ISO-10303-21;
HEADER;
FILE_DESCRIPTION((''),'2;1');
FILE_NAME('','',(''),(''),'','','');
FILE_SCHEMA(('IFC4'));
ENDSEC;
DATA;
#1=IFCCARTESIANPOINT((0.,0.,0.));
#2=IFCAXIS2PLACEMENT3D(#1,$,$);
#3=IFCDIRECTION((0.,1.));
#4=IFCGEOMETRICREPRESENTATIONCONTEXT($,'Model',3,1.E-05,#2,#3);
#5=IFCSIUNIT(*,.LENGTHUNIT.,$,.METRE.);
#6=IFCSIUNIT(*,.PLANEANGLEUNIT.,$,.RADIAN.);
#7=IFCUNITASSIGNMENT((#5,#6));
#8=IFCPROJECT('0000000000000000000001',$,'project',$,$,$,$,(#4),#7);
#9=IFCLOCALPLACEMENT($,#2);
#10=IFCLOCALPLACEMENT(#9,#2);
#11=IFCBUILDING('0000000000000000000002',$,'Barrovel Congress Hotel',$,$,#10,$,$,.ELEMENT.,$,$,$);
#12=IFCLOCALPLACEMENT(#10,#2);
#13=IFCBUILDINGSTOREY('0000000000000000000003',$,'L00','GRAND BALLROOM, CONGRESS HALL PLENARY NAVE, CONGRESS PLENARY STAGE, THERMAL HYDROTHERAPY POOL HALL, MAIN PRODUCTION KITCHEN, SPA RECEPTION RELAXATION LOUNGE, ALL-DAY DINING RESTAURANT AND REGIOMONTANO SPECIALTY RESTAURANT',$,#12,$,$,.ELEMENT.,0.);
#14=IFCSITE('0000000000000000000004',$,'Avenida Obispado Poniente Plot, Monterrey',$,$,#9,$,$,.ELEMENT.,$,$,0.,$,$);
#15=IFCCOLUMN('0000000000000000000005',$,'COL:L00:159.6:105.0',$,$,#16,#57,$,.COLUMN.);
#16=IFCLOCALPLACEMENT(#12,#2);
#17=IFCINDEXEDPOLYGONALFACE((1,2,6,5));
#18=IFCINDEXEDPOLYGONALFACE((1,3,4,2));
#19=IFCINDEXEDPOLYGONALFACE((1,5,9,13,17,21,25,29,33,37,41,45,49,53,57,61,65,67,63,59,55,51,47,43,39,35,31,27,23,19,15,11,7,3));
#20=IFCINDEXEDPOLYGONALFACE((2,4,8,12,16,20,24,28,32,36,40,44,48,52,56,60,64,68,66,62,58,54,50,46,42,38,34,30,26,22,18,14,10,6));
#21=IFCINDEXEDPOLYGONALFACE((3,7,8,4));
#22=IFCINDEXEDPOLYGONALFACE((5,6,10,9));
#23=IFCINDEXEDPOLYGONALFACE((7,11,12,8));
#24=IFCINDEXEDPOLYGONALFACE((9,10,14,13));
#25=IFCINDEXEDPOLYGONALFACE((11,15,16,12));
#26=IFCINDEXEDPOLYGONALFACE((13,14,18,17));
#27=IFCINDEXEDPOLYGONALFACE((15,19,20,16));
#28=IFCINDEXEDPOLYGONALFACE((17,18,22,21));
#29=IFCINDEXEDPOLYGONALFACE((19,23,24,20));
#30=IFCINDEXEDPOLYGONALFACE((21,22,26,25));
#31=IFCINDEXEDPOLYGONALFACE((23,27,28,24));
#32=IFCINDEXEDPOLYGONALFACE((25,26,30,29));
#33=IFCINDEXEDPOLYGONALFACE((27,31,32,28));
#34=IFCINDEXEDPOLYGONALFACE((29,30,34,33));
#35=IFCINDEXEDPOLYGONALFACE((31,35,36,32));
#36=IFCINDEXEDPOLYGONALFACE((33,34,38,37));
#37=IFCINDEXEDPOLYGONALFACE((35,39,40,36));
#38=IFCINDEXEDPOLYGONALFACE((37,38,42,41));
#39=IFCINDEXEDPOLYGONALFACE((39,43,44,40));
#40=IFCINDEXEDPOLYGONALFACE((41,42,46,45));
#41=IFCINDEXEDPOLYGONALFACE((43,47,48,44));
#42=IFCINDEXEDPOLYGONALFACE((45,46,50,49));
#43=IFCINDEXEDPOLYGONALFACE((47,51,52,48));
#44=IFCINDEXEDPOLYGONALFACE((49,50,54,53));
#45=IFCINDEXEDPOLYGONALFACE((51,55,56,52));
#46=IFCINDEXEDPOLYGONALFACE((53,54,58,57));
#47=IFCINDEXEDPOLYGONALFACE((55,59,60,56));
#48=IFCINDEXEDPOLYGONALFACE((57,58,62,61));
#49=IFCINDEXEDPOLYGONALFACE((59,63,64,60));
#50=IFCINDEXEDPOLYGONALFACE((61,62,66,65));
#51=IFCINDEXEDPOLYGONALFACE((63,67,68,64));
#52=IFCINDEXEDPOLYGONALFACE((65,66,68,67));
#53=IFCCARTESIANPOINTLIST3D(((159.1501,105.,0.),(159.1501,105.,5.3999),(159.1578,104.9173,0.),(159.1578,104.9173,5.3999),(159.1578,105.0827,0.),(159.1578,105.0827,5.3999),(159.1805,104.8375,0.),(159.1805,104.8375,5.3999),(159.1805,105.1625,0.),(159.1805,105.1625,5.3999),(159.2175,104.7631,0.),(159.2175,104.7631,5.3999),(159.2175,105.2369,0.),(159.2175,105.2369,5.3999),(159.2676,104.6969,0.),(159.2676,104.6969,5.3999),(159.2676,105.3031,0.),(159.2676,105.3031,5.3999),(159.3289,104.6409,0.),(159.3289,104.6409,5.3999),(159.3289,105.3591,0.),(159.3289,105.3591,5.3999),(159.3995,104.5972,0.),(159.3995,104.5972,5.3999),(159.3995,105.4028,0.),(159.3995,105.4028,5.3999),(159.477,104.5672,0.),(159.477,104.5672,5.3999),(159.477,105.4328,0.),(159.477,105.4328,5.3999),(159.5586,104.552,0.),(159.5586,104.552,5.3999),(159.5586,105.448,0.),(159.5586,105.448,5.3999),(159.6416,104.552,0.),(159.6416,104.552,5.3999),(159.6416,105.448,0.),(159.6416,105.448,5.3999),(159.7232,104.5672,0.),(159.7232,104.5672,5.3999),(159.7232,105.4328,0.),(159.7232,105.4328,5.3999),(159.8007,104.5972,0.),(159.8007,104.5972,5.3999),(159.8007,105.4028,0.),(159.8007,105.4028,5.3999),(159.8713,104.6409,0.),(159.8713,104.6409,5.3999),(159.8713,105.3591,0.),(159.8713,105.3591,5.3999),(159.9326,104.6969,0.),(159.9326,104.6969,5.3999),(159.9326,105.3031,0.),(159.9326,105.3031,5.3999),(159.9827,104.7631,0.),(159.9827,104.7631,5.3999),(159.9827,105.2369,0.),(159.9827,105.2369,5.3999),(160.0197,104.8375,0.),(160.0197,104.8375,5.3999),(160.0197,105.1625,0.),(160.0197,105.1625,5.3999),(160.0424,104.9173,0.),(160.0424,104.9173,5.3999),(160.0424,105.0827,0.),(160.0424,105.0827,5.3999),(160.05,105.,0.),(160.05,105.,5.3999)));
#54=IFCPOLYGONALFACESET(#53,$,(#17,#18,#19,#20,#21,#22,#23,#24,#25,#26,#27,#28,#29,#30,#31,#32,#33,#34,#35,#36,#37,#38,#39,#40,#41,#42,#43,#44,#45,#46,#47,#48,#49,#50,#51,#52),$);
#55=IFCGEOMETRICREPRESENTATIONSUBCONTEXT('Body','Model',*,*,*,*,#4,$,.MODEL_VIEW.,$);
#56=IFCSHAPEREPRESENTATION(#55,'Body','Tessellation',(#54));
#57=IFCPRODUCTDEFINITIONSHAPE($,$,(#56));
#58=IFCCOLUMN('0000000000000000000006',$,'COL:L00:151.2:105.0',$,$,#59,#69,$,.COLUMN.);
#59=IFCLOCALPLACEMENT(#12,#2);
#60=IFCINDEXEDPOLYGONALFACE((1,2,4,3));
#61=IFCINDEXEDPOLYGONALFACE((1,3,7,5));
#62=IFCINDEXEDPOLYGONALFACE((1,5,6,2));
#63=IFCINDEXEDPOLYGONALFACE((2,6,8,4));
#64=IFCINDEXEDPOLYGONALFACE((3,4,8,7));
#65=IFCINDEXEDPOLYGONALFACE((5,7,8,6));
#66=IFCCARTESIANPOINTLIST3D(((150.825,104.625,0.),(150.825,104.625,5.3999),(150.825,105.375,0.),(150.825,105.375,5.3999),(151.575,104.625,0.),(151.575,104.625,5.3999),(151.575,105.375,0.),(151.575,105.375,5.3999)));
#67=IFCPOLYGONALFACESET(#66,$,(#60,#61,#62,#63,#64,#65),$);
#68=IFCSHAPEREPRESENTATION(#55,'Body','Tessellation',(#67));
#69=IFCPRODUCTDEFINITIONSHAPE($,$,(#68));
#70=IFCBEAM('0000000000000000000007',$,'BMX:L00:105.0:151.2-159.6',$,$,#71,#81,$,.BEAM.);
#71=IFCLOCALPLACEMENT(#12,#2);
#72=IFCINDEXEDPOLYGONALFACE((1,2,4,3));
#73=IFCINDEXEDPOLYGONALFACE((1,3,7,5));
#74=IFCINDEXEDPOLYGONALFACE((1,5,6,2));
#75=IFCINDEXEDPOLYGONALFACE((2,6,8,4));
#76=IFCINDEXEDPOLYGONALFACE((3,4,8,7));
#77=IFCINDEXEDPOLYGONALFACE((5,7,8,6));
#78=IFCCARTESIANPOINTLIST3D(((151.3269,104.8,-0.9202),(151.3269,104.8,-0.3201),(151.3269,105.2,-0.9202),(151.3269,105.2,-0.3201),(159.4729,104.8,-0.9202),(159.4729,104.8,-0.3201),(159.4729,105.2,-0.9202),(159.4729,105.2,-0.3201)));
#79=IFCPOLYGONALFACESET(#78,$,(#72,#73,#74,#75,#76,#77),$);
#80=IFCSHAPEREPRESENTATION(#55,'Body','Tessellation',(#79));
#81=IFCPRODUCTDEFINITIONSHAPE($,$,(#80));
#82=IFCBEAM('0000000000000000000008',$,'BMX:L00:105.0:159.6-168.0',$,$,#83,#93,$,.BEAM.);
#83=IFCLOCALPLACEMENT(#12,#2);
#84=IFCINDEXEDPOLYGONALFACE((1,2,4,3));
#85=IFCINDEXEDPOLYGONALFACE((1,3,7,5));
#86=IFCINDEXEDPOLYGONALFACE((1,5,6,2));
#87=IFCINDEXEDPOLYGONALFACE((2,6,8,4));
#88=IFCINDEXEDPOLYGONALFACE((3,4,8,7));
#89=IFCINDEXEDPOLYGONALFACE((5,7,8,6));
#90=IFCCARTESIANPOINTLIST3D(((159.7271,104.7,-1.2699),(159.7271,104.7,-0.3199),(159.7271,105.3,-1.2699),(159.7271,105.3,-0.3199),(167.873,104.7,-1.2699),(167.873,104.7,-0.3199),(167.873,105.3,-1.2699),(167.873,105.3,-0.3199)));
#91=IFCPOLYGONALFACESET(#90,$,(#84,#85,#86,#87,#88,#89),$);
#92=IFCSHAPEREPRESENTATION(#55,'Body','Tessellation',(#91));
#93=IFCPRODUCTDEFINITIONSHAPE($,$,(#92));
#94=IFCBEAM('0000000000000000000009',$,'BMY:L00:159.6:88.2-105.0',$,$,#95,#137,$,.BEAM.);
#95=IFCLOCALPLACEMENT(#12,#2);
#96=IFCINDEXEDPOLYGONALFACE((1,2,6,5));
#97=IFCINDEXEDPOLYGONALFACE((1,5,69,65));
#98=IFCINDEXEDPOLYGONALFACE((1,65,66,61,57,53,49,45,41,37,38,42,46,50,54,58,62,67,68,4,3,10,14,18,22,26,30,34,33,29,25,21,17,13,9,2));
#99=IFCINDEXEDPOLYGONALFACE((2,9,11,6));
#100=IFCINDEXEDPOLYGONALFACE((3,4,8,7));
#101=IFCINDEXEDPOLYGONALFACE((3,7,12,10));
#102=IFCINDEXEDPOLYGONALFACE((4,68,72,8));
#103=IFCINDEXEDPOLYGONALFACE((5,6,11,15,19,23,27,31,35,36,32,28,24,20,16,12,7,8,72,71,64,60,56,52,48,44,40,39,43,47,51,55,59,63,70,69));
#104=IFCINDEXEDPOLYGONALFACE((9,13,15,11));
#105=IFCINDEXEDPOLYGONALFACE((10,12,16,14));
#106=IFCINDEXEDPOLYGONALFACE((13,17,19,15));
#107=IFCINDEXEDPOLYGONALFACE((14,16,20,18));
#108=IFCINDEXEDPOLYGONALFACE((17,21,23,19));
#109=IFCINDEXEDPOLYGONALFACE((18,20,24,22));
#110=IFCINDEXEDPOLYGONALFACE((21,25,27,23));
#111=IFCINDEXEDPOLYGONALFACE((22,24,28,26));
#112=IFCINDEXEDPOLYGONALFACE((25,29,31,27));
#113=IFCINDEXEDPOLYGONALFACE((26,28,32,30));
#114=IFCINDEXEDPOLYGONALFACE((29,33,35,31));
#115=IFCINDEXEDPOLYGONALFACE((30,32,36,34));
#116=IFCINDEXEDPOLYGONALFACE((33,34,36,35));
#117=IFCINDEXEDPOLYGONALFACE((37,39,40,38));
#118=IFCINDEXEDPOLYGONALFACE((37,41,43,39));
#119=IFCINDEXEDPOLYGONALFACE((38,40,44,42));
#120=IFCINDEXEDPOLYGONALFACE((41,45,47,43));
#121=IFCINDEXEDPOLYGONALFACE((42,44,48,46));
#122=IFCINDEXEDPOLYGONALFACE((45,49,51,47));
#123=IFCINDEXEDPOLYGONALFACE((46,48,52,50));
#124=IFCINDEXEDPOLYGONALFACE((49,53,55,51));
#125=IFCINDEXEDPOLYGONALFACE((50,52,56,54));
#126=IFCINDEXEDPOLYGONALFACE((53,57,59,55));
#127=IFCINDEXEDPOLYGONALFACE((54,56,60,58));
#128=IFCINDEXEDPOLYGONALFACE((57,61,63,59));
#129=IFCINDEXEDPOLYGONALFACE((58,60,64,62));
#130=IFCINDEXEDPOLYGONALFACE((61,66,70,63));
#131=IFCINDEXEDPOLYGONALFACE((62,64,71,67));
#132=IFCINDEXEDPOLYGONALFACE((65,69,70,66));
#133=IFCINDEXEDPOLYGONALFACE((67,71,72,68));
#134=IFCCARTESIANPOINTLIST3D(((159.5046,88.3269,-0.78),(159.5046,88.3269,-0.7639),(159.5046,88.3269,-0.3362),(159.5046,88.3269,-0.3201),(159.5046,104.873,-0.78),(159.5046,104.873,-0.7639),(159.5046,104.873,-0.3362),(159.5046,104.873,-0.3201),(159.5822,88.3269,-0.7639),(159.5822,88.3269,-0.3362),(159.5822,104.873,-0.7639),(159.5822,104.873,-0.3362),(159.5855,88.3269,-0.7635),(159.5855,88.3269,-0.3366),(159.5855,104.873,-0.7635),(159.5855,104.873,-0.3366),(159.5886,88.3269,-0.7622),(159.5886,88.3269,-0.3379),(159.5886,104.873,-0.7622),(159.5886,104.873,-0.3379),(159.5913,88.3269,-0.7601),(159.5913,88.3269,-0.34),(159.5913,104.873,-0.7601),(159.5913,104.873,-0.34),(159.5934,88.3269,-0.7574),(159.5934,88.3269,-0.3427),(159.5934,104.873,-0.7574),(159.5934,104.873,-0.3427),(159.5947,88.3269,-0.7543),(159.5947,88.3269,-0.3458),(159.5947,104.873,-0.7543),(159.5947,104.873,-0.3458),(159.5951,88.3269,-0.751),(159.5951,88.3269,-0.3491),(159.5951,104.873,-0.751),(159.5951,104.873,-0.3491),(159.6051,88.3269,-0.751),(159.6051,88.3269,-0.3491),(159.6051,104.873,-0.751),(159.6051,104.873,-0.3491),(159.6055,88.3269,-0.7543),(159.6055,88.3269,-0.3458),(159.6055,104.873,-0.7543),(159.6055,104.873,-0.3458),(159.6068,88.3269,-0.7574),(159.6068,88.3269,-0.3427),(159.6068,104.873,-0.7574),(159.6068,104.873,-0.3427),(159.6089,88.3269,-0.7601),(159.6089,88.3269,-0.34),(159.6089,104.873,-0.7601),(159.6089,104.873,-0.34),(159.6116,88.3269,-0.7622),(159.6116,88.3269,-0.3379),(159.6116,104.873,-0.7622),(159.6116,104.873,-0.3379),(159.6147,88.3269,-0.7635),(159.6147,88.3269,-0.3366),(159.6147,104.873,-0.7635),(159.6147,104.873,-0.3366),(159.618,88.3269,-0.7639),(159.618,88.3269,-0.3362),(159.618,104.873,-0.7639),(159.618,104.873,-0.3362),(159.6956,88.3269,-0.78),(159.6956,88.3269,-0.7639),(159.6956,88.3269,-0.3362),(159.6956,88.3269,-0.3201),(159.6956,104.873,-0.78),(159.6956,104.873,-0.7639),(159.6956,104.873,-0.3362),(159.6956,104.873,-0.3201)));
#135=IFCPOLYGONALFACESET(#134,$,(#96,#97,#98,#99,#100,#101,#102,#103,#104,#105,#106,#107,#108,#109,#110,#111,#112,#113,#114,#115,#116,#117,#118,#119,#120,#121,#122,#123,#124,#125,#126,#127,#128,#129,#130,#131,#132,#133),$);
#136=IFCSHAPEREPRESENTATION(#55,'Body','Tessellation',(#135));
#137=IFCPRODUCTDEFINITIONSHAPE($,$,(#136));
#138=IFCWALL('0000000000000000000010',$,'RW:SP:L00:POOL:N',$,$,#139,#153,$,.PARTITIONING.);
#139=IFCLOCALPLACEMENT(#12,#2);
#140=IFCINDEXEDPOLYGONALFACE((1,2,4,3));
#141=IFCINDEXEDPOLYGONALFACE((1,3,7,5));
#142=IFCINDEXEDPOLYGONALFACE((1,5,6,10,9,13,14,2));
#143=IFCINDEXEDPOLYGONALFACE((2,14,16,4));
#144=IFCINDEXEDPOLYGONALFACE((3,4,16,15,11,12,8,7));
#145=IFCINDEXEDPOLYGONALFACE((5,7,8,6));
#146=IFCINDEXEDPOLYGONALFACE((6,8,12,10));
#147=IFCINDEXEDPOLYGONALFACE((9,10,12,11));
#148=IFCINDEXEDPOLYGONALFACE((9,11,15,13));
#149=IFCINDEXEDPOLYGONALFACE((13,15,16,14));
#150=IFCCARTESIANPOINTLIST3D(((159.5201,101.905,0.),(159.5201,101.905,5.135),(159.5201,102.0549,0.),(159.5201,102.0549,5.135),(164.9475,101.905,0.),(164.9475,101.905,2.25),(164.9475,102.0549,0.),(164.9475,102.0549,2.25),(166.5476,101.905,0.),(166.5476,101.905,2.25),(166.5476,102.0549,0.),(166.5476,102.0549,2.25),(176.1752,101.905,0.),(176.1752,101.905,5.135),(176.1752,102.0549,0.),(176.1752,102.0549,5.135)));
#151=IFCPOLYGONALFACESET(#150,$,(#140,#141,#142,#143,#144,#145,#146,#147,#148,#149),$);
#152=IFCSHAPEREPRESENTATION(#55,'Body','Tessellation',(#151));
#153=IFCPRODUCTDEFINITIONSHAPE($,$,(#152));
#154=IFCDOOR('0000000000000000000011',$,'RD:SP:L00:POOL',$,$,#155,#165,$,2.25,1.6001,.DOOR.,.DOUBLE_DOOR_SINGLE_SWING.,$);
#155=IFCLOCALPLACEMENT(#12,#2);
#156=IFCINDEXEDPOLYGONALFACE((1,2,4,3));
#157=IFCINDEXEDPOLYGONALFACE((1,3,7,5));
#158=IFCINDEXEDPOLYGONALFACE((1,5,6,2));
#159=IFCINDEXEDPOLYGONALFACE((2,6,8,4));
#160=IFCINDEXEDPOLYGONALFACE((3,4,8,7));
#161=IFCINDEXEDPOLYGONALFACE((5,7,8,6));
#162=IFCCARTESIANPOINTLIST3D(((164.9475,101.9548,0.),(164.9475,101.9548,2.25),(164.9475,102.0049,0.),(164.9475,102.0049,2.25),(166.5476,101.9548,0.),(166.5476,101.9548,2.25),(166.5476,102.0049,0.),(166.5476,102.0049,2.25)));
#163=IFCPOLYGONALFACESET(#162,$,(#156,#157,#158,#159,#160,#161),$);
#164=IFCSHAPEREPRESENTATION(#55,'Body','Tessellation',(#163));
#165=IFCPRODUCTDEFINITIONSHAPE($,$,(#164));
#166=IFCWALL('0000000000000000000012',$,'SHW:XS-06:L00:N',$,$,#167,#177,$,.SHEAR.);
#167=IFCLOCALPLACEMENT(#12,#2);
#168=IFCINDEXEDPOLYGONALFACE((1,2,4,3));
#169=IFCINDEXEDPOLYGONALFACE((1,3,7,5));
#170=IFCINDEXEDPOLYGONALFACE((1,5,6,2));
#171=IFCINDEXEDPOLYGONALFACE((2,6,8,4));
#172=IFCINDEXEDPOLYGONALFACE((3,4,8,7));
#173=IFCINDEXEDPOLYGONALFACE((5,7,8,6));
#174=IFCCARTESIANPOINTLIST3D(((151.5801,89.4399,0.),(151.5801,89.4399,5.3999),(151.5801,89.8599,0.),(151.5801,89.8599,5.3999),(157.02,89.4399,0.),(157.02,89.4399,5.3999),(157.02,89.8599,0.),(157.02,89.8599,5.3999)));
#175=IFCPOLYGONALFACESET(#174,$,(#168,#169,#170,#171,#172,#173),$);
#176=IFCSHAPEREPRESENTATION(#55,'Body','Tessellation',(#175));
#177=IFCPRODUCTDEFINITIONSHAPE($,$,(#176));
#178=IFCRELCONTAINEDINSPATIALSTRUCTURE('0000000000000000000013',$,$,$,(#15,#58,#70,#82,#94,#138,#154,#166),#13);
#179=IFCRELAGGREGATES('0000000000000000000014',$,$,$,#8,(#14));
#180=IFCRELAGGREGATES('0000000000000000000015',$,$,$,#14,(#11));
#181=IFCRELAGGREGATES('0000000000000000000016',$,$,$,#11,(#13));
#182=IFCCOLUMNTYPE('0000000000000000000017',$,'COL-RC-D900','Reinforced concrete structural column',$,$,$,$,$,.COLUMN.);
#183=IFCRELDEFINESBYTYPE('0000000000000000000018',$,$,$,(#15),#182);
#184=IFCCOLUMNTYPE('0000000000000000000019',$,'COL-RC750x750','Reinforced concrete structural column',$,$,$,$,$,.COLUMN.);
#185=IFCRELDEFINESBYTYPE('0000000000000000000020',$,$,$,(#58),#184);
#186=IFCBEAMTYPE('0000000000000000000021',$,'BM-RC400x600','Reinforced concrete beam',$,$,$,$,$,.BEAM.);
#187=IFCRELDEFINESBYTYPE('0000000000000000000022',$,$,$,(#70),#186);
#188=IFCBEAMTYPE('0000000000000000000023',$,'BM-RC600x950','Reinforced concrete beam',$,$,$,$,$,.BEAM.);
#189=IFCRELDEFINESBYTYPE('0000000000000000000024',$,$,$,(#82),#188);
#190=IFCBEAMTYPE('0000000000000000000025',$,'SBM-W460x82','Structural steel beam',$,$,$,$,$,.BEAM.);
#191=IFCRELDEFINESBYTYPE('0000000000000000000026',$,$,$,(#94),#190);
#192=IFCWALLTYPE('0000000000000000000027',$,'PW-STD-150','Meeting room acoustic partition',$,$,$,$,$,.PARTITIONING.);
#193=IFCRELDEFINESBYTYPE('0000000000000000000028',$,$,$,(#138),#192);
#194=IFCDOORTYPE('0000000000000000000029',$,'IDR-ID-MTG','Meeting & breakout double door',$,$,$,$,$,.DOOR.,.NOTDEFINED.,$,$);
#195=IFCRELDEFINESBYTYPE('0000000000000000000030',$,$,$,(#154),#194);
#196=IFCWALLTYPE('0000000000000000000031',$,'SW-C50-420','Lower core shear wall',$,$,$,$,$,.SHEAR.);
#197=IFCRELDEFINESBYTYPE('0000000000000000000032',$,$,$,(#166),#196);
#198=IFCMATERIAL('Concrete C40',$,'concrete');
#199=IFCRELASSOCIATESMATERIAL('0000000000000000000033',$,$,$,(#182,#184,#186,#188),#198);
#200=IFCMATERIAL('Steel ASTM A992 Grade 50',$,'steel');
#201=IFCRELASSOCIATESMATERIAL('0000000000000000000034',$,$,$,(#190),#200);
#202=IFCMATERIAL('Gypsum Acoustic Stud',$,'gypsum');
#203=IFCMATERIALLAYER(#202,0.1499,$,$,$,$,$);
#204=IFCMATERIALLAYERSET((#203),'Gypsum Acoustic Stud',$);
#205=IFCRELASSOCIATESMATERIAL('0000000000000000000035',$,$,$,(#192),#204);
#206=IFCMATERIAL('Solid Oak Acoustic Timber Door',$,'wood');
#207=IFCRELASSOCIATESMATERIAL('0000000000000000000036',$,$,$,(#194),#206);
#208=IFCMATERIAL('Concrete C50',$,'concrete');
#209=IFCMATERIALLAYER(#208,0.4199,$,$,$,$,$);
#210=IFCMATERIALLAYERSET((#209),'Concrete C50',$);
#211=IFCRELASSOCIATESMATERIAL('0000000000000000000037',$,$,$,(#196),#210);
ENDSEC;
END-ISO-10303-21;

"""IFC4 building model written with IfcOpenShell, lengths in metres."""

from ifc_helpers import new_model, si_unit, direction, frame, frame_2d, origin, origin_2d, place, context, subcontext, project, spatial, rectangle, circle, i_section, extrude, material, layer, layer_set, material_profile, profile_set, type_object, element, fill, save


model = new_model("IFC4")

# Units and contexts
model_context = context("Model", 3, precision=1e-05, world=origin(), true_north=direction((0.0, 1.0)))
body_context = subcontext(model_context, "Body", "Model", "MODEL_VIEW")
ifc_project = project(units=[si_unit("LENGTHUNIT", "METRE"), si_unit("PLANEANGLEUNIT", "RADIAN")], contexts=[model_context])

# Site, building, storey
site_placement = place(None, origin())
site = spatial("IfcSite", under=ifc_project, at=site_placement, Name="Avenida Obispado Poniente Plot, Monterrey", CompositionType="ELEMENT", RefElevation=0.0)
building_placement = place(site_placement, origin())
building = spatial("IfcBuilding", under=site, at=building_placement, Name="Barrovel Congress Hotel", CompositionType="ELEMENT")
storey_placement = place(building_placement, origin())
storey = spatial("IfcBuildingStorey", under=building, at=storey_placement, Name="L00", Description="GRAND BALLROOM, CONGRESS HALL PLENARY NAVE, CONGRESS PLENARY STAGE, THERMAL HYDROTHERAPY POOL HALL, MAIN PRODUCTION KITCHEN, SPA RECEPTION RELAXATION LOUNGE, ALL-DAY DINING RESTAURANT AND REGIOMONTANO SPECIALTY RESTAURANT", CompositionType="ELEMENT", Elevation=0.0)

# Shared definitions
ifc_material_1 = material(Name="Concrete C40", Category="concrete")

# Columns
ifc_material_profile_1 = material_profile(ifc_material_1, circle(Radius=0.45, at=origin_2d()), Name="RC-D900")
ifc_profile_set_1 = profile_set([ifc_material_profile_1], Name="Concrete C40")
column_type_1 = type_object("IfcColumnType", Name="COL-RC-D900", Description="Reinforced concrete structural column", PredefinedType="COLUMN", material=ifc_profile_set_1)
column_1_placement = place(storey_placement, frame((159.6001, 105.0, 0.0), z_axis=(0.0, 0.0, 1.0), x_axis=(1.0, 0.0, 0.0)))
element("IfcColumn", 1, at=column_1_placement, inside=storey, type_object=column_type_1, Name="COL:L00:159.6:105.0", PredefinedType="COLUMN", context=body_context, shape_type="SweptSolid", body=[
    extrude(circle(Radius=0.45, at=origin_2d()), origin(), (0.0, 0.0, 1.0), 5.3999),
])
ifc_material_profile_2 = material_profile(ifc_material_1, rectangle(XDim=0.75, YDim=0.75, at=origin_2d()), Name="RC750x750")
ifc_profile_set_2 = profile_set([ifc_material_profile_2], Name="Concrete C40")
column_type_2 = type_object("IfcColumnType", Name="COL-RC750x750", Description="Reinforced concrete structural column", PredefinedType="COLUMN", material=ifc_profile_set_2)
column_2_placement = place(storey_placement, frame((151.2, 105.0, 0.0), z_axis=(0.0, 0.0, 1.0), x_axis=(1.0, 0.0, 0.0)))
element("IfcColumn", 2, at=column_2_placement, inside=storey, type_object=column_type_2, Name="COL:L00:151.2:105.0", PredefinedType="COLUMN", context=body_context, shape_type="SweptSolid", body=[
    extrude(rectangle(XDim=0.75, YDim=0.75, at=origin_2d()), origin(), (0.0, 0.0, 1.0), 5.3999),
])

# Beams
ifc_material_profile_3 = material_profile(ifc_material_1, rectangle(XDim=0.3999, YDim=0.6001, at=origin_2d()), Name="RC400x600")
ifc_profile_set_3 = profile_set([ifc_material_profile_3], Name="Concrete C40")
beam_type_1 = type_object("IfcBeamType", Name="BM-RC400x600", Description="Reinforced concrete beam", PredefinedType="BEAM", material=ifc_profile_set_3)
beam_1_placement = place(storey_placement, frame((151.3269, 105.0, -0.6201), z_axis=(1.0, 0.0, 0.0), x_axis=(0.0, 1.0, 0.0)))
element("IfcBeam", 3, at=beam_1_placement, inside=storey, type_object=beam_type_1, Name="BMX:L00:105.0:151.2-159.6", PredefinedType="BEAM", context=body_context, shape_type="SweptSolid", body=[
    extrude(rectangle(XDim=0.3999, YDim=0.6001, at=origin_2d()), origin(), (0.0, 0.0, 1.0), 8.146),
])
ifc_material_profile_4 = material_profile(ifc_material_1, rectangle(XDim=0.6001, YDim=0.95, at=origin_2d()), Name="RC600x950")
ifc_profile_set_4 = profile_set([ifc_material_profile_4], Name="Concrete C40")
beam_type_2 = type_object("IfcBeamType", Name="BM-RC600x950", Description="Reinforced concrete beam", PredefinedType="BEAM", material=ifc_profile_set_4)
beam_2_placement = place(storey_placement, frame((159.7271, 105.0, -0.7949), z_axis=(1.0, 0.0, 0.0), x_axis=(0.0, 1.0, 0.0)))
element("IfcBeam", 4, at=beam_2_placement, inside=storey, type_object=beam_type_2, Name="BMX:L00:105.0:159.6-168.0", PredefinedType="BEAM", context=body_context, shape_type="SweptSolid", body=[
    extrude(rectangle(XDim=0.6001, YDim=0.95, at=origin_2d()), origin(), (0.0, 0.0, 1.0), 8.146),
])
ifc_material_2 = material(Name="Steel ASTM A992 Grade 50", Category="steel")
ifc_material_profile_5 = material_profile(ifc_material_2, i_section(OverallWidth=0.1909, OverallDepth=0.46, WebThickness=0.01, FlangeThickness=0.0161, FilletRadius=0.0129, at=origin_2d()), Name="W460x82")
ifc_profile_set_5 = profile_set([ifc_material_profile_5], Name="Steel ASTM A992 Grade 50")
beam_type_3 = type_object("IfcBeamType", Name="SBM-W460x82", Description="Structural steel beam", PredefinedType="BEAM", material=ifc_profile_set_5)
beam_3_placement = place(storey_placement, frame((159.6001, 88.3269, -0.55), z_axis=(0.0, 1.0, 0.0), x_axis=(-1.0, 0.0, 0.0)))
element("IfcBeam", 5, at=beam_3_placement, inside=storey, type_object=beam_type_3, Name="BMY:L00:159.6:88.2-105.0", PredefinedType="BEAM", context=body_context, shape_type="SweptSolid", body=[
    extrude(i_section(OverallWidth=0.1909, OverallDepth=0.46, WebThickness=0.01, FlangeThickness=0.0161, FilletRadius=0.0129, at=origin_2d()), origin(), (0.0, 0.0, 1.0), 16.5461),
])

# Wall, opening, door
ifc_material_3 = material(Name="Gypsum Acoustic Stud", Category="gypsum")
ifc_layer_1 = layer(ifc_material_3, 0.1499)
ifc_layer_set_1 = layer_set([ifc_layer_1], Name="Gypsum Acoustic Stud")
wall_type_1 = type_object("IfcWallType", Name="PW-STD-150", Description="Meeting room acoustic partition", PredefinedType="PARTITIONING", material=ifc_layer_set_1)
wall_1_placement = place(storey_placement, frame((159.52, 101.98, 0.0), z_axis=(0.0, 0.0, 1.0), x_axis=(1.0, 0.0, 0.0)))
wall_1 = element("IfcWall", 6, at=wall_1_placement, inside=storey, type_object=wall_type_1, Name="RW:SP:L00:POOL:N", PredefinedType="PARTITIONING", context=body_context, shape_type="SweptSolid", body=[
    extrude(rectangle(XDim=16.655, YDim=0.1499, at=frame_2d((8.3276, 0.0))), origin(), (0.0, 0.0, 1.0), 5.135),
])
opening_placement = place(wall_1_placement, frame((5.4275, 0.0, 0.0)))
opening = element("IfcOpeningElement", 7, at=opening_placement, cuts=wall_1, PredefinedType="OPENING", context=body_context, shape_type="SweptSolid", body=[
    extrude(rectangle(XDim=1.6001, YDim=2.25, at=frame_2d((0.8, 1.125))), frame((0.0, 0.085, 0.0), z_axis=(0.0, -1.0, 0.0), x_axis=(1.0, 0.0, 0.0)), (0.0, 0.0, 1.0), 0.1699),
])
ifc_material_4 = material(Name="Solid Oak Acoustic Timber Door", Category="wood")
door_type = type_object("IfcDoorType", Name="IDR-ID-MTG", Description="Meeting & breakout double door", OperationType="NOTDEFINED", PredefinedType="DOOR", material=ifc_material_4)
door_placement = place(opening_placement, origin())
door = element("IfcDoor", 8, at=door_placement, inside=storey, type_object=door_type, Name="RD:SP:L00:POOL", OperationType="DOUBLE_DOOR_SINGLE_SWING", OverallHeight=2.25, OverallWidth=1.6001, PredefinedType="DOOR", context=body_context, shape_type="SweptSolid", body=[
    extrude(rectangle(XDim=1.6001, YDim=2.25, at=frame_2d((0.8, 1.125))), frame((0.0, 0.0249, 0.0), z_axis=(0.0, -1.0, 0.0), x_axis=(1.0, 0.0, 0.0)), (0.0, 0.0, 1.0), 0.05),
])
fill(opening, door)

# Wall
ifc_material_5 = material(Name="Concrete C50", Category="concrete")
ifc_layer_2 = layer(ifc_material_5, 0.4199)
ifc_layer_set_2 = layer_set([ifc_layer_2], Name="Concrete C50")
wall_type_2 = type_object("IfcWallType", Name="SW-C50-420", Description="Lower core shear wall", PredefinedType="SHEAR", material=ifc_layer_set_2)
wall_2_placement = place(storey_placement, frame((157.02, 89.6499, 0.0), z_axis=(0.0, 0.0, 1.0), x_axis=(-1.0, 0.0, 0.0)))
element("IfcWall", 9, at=wall_2_placement, inside=storey, type_object=wall_type_2, Name="SHW:XS-06:L00:N", PredefinedType="SHEAR", context=body_context, shape_type="SweptSolid", body=[
    extrude(rectangle(XDim=5.4399, YDim=0.4199, at=frame_2d((2.72, 0.0))), origin(), (0.0, 0.0, 1.0), 5.3999),
])

save(model, "model.ifc")
